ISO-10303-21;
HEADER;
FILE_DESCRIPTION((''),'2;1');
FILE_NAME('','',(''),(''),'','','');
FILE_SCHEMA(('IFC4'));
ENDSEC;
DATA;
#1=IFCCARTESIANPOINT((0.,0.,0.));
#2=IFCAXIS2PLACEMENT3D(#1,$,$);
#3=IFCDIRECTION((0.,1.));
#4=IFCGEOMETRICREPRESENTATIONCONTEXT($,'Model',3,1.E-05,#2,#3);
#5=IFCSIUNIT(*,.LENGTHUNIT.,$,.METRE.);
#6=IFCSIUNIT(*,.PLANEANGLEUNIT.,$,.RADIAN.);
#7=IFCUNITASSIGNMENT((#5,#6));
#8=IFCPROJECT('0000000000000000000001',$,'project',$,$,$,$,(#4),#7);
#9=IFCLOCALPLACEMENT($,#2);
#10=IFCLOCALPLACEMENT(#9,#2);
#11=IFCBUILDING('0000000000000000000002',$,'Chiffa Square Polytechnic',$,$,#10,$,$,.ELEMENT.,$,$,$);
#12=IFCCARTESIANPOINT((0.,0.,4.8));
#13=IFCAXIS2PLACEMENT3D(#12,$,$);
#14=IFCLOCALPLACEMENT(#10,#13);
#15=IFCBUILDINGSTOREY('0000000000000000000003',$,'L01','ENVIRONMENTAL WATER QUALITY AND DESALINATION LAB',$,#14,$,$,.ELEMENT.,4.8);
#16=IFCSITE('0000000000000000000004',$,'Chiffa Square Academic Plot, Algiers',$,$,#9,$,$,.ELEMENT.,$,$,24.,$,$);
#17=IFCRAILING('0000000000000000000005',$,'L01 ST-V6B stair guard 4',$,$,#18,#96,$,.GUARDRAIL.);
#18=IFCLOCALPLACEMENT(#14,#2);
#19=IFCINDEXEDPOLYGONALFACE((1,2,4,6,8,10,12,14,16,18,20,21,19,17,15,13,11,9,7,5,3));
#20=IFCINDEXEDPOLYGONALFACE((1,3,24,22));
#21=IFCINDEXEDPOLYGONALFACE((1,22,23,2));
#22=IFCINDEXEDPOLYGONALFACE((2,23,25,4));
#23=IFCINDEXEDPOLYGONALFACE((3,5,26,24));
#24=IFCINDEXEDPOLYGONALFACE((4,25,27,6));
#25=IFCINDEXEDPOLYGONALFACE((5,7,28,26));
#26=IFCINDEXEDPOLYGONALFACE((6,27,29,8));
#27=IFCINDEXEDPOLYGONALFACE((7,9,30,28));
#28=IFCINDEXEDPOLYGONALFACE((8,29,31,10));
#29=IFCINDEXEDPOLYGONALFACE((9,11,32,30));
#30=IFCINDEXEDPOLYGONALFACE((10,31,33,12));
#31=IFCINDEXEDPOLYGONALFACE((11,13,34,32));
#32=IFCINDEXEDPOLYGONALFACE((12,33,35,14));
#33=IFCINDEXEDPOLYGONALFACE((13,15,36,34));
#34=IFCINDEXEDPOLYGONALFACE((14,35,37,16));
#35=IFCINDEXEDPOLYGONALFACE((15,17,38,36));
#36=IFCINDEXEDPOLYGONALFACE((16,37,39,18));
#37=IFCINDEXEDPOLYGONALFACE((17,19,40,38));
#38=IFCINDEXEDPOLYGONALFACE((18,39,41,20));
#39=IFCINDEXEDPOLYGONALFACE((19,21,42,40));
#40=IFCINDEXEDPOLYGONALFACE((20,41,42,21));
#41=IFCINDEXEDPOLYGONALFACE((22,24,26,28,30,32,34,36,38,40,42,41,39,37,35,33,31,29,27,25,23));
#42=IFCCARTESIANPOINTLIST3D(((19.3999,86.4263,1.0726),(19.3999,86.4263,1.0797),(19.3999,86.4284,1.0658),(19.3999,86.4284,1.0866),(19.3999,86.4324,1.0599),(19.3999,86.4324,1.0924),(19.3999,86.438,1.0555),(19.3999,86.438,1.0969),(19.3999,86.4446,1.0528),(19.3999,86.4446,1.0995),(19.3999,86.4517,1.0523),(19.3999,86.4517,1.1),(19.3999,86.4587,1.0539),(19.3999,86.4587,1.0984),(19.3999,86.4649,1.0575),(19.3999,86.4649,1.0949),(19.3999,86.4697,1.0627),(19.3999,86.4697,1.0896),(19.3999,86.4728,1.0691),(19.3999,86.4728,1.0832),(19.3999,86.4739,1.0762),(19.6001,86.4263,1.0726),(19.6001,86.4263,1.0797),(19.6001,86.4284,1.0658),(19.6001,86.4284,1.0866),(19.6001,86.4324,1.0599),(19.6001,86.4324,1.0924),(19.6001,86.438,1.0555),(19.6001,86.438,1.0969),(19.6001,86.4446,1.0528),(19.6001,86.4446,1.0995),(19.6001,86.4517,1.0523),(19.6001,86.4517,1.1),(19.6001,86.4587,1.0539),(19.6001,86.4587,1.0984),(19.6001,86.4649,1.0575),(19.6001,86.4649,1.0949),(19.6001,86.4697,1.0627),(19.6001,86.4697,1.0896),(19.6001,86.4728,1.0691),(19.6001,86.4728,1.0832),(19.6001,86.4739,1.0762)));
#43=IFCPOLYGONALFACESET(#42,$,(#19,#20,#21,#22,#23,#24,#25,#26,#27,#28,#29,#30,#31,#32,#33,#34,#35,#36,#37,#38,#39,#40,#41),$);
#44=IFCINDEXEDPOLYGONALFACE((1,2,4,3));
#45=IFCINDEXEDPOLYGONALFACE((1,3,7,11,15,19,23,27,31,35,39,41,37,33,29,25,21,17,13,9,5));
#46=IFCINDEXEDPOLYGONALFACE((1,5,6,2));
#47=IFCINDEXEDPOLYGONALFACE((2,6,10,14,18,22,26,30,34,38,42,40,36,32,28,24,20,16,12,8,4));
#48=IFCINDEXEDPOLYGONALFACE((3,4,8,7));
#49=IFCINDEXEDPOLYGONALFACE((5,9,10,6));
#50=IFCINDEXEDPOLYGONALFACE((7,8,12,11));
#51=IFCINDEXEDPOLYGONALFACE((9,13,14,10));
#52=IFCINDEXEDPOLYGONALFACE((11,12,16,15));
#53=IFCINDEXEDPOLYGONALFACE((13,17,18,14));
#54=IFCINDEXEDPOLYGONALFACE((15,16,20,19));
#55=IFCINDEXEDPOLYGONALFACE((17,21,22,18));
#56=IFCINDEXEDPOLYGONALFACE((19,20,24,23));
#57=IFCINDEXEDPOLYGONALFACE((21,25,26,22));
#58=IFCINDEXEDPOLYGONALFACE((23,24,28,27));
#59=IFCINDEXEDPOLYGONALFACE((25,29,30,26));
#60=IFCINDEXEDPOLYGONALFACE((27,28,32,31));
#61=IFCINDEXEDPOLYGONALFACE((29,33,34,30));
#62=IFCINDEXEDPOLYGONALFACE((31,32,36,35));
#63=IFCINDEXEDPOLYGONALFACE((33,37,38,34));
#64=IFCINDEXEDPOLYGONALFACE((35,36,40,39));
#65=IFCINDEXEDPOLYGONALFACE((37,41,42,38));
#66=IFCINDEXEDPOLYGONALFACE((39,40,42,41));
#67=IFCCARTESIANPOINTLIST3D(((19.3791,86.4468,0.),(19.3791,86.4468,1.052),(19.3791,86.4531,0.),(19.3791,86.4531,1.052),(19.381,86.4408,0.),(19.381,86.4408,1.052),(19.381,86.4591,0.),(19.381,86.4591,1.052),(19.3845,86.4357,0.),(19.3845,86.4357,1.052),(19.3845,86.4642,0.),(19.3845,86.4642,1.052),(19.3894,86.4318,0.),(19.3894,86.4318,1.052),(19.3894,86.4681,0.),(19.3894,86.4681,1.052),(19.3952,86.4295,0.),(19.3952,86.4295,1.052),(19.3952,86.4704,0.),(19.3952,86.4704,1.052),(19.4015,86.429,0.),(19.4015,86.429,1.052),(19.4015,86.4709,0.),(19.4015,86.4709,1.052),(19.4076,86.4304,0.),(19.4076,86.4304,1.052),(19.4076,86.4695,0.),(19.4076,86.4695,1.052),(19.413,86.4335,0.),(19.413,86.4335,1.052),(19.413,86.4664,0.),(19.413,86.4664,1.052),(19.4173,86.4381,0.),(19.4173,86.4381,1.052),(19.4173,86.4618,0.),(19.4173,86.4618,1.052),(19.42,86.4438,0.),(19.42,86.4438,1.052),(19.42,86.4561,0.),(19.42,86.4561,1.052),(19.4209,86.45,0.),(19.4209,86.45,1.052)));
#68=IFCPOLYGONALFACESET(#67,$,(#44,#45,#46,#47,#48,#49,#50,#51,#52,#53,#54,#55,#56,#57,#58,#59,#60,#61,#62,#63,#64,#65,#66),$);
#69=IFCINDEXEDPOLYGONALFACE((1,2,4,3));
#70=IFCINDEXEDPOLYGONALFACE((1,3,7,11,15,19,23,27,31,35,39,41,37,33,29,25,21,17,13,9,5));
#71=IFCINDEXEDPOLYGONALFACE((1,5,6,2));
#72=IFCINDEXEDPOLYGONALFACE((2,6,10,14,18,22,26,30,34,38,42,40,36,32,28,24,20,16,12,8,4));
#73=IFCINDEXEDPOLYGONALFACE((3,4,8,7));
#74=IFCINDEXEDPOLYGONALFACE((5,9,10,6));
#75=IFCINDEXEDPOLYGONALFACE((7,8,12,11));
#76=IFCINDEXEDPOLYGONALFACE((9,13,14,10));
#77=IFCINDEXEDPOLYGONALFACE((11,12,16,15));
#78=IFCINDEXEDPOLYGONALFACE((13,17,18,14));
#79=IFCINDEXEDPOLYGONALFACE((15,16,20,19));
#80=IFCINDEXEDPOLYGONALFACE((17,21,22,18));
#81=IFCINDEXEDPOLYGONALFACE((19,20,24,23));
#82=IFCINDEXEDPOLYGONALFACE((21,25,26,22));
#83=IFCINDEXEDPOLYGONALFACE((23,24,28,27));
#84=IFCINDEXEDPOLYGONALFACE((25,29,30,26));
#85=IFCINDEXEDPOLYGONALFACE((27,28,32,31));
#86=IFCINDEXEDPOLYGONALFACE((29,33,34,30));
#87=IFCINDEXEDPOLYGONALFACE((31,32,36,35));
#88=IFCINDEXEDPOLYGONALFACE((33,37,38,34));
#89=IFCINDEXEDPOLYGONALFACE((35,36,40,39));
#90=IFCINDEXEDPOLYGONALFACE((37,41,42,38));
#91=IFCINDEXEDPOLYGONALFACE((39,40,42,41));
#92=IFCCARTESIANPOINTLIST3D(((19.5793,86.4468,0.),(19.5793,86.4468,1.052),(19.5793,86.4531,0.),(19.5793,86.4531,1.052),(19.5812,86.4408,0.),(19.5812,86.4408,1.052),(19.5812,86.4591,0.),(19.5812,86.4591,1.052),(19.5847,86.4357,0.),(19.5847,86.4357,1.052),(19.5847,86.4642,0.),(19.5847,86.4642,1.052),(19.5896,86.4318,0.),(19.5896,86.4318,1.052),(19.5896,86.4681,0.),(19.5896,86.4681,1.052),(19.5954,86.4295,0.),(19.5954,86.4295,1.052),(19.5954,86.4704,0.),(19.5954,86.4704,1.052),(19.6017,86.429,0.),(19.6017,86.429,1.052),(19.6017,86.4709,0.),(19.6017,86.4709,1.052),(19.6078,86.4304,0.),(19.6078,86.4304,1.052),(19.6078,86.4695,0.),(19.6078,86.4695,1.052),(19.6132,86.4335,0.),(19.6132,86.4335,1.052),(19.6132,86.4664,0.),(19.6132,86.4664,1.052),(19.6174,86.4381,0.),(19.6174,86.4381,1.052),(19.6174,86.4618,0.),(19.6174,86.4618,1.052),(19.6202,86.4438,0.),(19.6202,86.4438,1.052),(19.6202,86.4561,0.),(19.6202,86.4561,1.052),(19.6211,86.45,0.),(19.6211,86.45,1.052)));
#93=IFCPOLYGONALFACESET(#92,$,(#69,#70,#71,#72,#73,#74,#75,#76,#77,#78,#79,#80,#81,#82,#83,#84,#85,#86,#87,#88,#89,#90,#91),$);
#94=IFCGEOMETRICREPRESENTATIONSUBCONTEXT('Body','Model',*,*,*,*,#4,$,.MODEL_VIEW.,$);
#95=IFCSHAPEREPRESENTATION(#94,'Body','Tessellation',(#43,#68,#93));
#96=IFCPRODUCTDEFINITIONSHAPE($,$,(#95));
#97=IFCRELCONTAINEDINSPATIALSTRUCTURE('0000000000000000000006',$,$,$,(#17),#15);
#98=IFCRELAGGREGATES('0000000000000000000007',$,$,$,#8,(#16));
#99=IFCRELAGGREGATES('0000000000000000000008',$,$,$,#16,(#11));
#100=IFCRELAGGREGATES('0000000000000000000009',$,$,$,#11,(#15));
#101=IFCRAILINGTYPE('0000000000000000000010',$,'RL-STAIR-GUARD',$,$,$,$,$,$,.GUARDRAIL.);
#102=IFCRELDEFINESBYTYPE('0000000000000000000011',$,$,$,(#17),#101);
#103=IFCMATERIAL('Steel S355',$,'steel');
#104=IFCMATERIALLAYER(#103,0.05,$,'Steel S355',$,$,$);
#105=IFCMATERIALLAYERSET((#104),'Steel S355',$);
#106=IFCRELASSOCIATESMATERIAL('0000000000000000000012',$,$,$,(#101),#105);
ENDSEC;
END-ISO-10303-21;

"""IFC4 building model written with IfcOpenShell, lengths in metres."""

from ifc_helpers import new_model, si_unit, direction, frame, origin, origin_2d, place, context, subcontext, project, spatial, circle, extrude, material, layer, layer_set, type_object, element, save


model = new_model("IFC4")

# Units and contexts
model_context = context("Model", 3, precision=1e-05, world=origin(), true_north=direction((0.0, 1.0)))
body_context = subcontext(model_context, "Body", "Model", "MODEL_VIEW")
ifc_project = project(units=[si_unit("LENGTHUNIT", "METRE"), si_unit("PLANEANGLEUNIT", "RADIAN")], contexts=[model_context])

# Site, building, storey
site_placement = place(None, origin())
site = spatial("IfcSite", under=ifc_project, at=site_placement, Name="Chiffa Square Academic Plot, Algiers", CompositionType="ELEMENT", RefElevation=24.0)
building_placement = place(site_placement, origin())
building = spatial("IfcBuilding", under=site, at=building_placement, Name="Chiffa Square Polytechnic", CompositionType="ELEMENT")
storey_placement = place(building_placement, frame((0.0, 0.0, 4.8)))
storey = spatial("IfcBuildingStorey", under=building, at=storey_placement, Name="L01", Description="ENVIRONMENTAL WATER QUALITY AND DESALINATION LAB", CompositionType="ELEMENT", Elevation=4.8)

# Railing
ifc_material_1 = material(Name="Steel S355", Category="steel")
ifc_layer_1 = layer(ifc_material_1, 0.05, Name="Steel S355")
ifc_layer_set_1 = layer_set([ifc_layer_1], Name="Steel S355")
railing_type_1 = type_object("IfcRailingType", Name="RL-STAIR-GUARD", PredefinedType="GUARDRAIL", material=ifc_layer_set_1)
railing_1_placement = place(storey_placement, frame((19.3999, 86.45, 0.0)))
element("IfcRailing", 1, at=railing_1_placement, inside=storey, type_object=railing_type_1, Name="L01 ST-V6B stair guard 4", PredefinedType="GUARDRAIL", context=body_context, shape_type="SweptSolid", body=[
    extrude(circle(Radius=0.0239, at=origin_2d()), frame((0.0, 0.0, 1.0762), z_axis=(1.0, 0.0, 0.0), x_axis=(0.0, 1.0, 0.0)), (0.0, 0.0, 1.0), 0.2002),
    extrude(circle(Radius=0.021, at=origin_2d()), origin(), (0.0, 0.0, 1.0), 1.052),
    extrude(circle(Radius=0.021, at=origin_2d()), frame((0.2002, 0.0, 0.0)), (0.0, 0.0, 1.0), 1.052),
])

save(model, "model.ifc")
